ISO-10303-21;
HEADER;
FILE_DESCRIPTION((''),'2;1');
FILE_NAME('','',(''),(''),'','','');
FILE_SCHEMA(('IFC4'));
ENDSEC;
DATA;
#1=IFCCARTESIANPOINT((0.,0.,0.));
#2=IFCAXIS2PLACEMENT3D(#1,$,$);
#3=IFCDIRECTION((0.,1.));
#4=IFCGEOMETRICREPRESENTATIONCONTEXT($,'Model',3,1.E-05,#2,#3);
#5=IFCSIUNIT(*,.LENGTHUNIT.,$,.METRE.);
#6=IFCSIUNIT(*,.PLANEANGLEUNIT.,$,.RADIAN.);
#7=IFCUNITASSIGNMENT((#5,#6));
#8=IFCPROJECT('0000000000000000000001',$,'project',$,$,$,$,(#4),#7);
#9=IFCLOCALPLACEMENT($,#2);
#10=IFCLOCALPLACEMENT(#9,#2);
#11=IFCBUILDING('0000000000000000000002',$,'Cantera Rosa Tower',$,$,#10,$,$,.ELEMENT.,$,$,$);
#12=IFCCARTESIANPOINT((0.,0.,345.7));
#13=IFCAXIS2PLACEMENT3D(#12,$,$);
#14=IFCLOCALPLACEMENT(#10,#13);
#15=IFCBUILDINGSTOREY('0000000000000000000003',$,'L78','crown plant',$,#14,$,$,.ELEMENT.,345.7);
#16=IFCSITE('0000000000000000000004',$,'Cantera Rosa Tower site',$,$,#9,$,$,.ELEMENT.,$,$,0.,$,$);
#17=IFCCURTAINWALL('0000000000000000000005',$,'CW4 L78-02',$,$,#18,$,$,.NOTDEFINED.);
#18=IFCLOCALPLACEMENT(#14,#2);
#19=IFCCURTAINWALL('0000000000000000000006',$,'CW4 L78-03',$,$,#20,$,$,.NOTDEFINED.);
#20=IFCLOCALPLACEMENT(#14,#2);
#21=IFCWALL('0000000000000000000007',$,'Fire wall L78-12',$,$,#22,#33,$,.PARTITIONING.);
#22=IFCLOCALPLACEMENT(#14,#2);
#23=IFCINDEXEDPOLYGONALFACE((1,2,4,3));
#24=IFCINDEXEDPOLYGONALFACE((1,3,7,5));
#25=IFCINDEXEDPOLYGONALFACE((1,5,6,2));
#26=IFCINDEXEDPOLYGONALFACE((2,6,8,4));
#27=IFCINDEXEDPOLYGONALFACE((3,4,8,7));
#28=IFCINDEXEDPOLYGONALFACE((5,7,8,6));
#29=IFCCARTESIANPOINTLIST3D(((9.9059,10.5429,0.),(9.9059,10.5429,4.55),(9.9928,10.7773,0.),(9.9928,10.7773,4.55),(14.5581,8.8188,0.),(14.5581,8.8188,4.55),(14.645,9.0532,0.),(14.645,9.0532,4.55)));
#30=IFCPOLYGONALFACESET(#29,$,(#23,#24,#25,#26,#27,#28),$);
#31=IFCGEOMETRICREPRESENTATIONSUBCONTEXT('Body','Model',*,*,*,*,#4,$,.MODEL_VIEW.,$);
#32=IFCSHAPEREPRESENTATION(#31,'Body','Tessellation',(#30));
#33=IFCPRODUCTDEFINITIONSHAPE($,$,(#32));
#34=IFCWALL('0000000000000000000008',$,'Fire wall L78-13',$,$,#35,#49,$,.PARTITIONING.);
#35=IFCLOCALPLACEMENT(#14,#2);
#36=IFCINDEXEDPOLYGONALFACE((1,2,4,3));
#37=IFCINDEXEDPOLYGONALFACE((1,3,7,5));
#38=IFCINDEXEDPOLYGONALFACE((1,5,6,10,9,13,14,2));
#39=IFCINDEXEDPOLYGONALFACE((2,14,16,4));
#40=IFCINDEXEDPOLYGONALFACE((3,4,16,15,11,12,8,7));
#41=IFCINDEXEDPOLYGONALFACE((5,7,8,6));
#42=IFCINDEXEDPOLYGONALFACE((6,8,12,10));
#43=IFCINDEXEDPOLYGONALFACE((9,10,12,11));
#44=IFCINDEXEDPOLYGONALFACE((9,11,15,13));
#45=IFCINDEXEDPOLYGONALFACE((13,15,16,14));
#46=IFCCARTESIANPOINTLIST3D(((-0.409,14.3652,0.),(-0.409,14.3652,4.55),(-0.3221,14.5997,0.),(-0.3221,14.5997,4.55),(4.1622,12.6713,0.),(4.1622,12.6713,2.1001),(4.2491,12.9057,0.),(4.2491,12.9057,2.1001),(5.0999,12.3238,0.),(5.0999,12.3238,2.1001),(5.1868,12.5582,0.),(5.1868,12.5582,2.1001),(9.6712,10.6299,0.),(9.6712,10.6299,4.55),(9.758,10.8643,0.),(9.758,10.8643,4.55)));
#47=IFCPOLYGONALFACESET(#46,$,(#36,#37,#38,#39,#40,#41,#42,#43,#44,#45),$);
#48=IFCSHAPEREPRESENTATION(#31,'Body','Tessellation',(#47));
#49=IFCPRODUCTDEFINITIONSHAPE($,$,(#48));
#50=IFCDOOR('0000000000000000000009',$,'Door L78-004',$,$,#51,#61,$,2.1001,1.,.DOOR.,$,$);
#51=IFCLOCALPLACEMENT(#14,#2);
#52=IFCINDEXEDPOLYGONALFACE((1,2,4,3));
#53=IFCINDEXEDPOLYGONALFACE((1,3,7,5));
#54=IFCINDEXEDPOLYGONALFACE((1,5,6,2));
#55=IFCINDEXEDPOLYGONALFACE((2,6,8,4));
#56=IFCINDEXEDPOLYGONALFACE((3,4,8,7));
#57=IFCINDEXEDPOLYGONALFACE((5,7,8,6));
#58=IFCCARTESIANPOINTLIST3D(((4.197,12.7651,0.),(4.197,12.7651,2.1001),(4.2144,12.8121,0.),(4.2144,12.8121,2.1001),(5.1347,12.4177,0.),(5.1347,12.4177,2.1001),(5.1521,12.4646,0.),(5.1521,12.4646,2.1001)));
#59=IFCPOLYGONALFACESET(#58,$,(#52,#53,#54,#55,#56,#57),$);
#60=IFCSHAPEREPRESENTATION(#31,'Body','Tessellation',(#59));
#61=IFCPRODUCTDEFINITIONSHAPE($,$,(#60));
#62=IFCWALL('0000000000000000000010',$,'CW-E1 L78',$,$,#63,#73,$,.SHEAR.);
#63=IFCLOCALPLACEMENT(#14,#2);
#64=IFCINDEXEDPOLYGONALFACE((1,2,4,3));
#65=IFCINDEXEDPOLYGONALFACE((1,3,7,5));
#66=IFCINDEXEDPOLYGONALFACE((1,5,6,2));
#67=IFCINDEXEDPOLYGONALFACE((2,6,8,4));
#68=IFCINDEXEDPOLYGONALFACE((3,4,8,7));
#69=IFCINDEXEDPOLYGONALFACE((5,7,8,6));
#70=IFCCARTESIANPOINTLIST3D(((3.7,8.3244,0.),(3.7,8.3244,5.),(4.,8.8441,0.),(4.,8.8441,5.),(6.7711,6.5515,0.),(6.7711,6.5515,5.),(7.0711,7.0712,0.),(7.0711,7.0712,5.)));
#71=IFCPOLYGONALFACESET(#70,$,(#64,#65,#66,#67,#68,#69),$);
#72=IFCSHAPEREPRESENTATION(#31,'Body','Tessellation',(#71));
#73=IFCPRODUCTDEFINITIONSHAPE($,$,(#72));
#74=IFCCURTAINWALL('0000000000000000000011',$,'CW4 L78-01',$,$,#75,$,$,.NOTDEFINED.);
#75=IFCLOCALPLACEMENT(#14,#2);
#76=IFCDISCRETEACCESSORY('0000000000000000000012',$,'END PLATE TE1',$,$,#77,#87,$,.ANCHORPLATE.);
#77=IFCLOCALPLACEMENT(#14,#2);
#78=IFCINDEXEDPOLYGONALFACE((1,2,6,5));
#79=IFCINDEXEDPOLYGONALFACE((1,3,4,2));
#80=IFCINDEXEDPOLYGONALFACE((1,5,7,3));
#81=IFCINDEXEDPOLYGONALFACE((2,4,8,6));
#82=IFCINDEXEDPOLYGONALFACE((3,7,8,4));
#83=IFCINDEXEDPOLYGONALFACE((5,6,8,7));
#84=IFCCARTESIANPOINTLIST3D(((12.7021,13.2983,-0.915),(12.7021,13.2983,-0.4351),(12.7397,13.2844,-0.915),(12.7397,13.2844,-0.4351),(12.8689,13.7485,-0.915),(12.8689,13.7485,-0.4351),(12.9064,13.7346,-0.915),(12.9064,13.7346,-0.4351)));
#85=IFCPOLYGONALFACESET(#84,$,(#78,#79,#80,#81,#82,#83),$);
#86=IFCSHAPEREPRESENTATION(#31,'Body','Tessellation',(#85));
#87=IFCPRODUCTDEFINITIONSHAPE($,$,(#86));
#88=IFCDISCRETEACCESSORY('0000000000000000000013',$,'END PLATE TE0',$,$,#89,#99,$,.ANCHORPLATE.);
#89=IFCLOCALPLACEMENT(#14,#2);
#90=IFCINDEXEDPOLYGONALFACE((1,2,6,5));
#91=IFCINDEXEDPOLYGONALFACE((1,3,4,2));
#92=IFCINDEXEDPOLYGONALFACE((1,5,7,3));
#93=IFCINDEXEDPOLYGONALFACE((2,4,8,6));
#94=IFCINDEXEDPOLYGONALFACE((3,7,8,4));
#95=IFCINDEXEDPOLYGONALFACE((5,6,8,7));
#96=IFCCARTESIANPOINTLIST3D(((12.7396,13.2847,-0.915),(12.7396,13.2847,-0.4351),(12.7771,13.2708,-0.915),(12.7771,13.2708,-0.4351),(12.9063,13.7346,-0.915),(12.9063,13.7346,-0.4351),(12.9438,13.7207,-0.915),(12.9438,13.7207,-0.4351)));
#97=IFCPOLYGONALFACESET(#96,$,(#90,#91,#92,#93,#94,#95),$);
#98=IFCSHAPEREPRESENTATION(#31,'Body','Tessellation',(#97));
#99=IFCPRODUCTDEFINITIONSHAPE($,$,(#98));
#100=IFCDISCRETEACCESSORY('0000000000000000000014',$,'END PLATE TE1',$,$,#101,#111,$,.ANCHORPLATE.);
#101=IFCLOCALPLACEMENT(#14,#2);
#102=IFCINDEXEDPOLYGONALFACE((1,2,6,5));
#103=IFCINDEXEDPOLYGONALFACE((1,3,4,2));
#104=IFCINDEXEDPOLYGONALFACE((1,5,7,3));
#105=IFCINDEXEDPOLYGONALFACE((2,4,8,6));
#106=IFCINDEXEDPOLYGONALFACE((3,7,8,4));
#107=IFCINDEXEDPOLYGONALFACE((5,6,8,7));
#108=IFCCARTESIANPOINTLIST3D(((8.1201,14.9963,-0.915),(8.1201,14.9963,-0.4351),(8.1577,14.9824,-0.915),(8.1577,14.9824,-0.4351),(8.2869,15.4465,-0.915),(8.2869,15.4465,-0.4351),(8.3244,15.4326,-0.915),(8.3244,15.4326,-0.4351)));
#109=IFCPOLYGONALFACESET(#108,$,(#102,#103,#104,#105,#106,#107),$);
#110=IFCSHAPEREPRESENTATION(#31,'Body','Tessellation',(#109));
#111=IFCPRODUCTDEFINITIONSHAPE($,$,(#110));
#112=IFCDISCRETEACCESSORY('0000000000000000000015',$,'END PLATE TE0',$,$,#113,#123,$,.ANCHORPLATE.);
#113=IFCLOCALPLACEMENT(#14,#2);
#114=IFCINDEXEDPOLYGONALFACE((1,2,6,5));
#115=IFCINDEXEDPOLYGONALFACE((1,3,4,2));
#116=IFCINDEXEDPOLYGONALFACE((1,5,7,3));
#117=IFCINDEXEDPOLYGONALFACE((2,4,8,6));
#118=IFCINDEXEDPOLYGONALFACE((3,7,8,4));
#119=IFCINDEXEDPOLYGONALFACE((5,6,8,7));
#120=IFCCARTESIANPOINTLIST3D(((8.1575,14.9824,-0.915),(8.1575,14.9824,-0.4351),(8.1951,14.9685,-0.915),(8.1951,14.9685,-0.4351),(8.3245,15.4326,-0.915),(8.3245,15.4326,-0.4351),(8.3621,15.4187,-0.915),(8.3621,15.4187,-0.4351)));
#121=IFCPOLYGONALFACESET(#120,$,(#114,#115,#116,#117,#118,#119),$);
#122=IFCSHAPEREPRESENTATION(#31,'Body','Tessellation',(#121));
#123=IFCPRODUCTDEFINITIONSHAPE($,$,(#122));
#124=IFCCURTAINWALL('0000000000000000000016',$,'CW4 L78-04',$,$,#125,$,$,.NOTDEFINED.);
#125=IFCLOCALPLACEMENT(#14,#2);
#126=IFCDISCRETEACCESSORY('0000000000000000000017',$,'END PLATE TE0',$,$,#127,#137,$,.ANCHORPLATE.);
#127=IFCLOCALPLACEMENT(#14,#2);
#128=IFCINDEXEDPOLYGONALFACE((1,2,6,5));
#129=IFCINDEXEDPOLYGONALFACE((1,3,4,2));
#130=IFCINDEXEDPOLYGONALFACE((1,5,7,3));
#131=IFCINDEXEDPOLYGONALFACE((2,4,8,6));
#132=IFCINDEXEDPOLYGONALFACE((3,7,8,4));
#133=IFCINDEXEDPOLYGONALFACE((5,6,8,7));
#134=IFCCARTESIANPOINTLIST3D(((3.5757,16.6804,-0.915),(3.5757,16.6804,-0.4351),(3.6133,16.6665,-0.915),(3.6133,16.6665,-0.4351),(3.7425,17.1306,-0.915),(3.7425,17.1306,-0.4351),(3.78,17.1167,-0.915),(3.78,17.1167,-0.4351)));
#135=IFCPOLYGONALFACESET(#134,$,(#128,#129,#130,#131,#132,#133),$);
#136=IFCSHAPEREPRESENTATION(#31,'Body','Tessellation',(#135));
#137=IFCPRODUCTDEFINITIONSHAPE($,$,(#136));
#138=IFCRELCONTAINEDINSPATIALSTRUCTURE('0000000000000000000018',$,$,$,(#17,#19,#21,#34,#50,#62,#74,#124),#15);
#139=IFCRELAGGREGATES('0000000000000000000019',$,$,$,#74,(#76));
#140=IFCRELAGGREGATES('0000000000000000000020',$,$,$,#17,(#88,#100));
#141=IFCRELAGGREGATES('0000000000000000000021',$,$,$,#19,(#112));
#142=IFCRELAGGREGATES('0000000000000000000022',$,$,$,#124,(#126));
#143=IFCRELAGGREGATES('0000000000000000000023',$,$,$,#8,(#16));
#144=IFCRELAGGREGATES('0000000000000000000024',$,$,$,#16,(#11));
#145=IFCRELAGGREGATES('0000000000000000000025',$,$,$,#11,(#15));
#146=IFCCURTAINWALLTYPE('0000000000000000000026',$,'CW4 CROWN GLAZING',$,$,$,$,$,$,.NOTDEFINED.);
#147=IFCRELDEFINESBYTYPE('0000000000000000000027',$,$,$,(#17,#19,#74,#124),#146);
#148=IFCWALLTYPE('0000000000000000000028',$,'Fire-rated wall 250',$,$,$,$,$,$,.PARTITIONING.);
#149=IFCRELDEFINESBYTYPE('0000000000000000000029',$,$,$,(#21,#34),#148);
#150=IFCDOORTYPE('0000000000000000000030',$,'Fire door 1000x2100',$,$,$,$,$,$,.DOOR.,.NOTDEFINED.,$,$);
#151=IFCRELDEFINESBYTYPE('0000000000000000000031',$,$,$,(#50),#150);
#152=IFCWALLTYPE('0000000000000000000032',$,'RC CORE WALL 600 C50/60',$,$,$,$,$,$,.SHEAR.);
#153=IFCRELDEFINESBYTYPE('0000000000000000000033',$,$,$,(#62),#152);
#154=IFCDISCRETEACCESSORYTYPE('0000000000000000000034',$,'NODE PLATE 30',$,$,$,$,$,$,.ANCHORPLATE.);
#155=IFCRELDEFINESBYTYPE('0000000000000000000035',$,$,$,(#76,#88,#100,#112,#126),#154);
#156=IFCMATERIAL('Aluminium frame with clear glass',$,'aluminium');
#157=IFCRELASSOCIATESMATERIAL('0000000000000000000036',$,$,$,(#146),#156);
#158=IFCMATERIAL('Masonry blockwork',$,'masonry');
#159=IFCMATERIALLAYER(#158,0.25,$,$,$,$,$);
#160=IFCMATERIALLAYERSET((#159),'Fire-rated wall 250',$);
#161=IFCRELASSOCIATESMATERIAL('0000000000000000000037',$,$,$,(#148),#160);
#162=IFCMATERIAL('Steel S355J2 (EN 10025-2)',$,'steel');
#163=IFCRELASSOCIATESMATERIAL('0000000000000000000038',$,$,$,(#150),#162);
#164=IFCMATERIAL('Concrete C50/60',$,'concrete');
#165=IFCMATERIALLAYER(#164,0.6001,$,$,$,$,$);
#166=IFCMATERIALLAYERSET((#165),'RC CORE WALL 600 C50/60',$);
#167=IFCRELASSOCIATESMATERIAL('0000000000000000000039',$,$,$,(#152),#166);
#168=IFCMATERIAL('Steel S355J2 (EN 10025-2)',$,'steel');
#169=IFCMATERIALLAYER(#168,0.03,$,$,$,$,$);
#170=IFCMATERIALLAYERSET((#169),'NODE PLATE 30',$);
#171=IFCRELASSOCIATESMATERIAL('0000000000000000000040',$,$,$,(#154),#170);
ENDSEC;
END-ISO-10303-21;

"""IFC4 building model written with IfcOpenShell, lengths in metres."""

from ifc_helpers import new_model, si_unit, direction, frame, frame_2d, origin, place, context, subcontext, project, spatial, polyline, rectangle, outline, extrude, material, layer, layer_set, type_object, element, fill, aggregate, save


model = new_model("IFC4")

# Units and contexts
model_context = context("Model", 3, precision=1e-05, world=origin(), true_north=direction((0.0, 1.0)))
body_context = subcontext(model_context, "Body", "Model", "MODEL_VIEW")
ifc_project = project(units=[si_unit("LENGTHUNIT", "METRE"), si_unit("PLANEANGLEUNIT", "RADIAN")], contexts=[model_context])

# Site, building, storey
site_placement = place(None, origin())
site = spatial("IfcSite", under=ifc_project, at=site_placement, Name="Cantera Rosa Tower site", CompositionType="ELEMENT", RefElevation=0.0)
building_placement = place(site_placement, origin())
building = spatial("IfcBuilding", under=site, at=building_placement, Name="Cantera Rosa Tower", CompositionType="ELEMENT")
storey_placement = place(building_placement, frame((0.0, 0.0, 345.7)))
storey = spatial("IfcBuildingStorey", under=building, at=storey_placement, Name="L78", Description="crown plant", CompositionType="ELEMENT", Elevation=345.7)

# Curtain walls
ifc_material_1 = material(Name="Aluminium frame with clear glass", Category="aluminium")
curtain_wall_type = type_object("IfcCurtainWallType", Name="CW4 CROWN GLAZING", PredefinedType="NOTDEFINED", material=ifc_material_1)
curtain_wall_1_placement = place(storey_placement, origin())
curtain_wall_1 = element("IfcCurtainWall", 1, at=curtain_wall_1_placement, inside=storey, type_object=curtain_wall_type, Name="CW4 L78-02", PredefinedType="NOTDEFINED")
curtain_wall_2_placement = place(storey_placement, origin())
curtain_wall_2 = element("IfcCurtainWall", 2, at=curtain_wall_2_placement, inside=storey, type_object=curtain_wall_type, Name="CW4 L78-03", PredefinedType="NOTDEFINED")

# Wall
ifc_material_2 = material(Name="Masonry blockwork", Category="masonry")
ifc_layer_1 = layer(ifc_material_2, 0.25)
ifc_layer_set_1 = layer_set([ifc_layer_1], Name="Fire-rated wall 250")
wall_type_1 = type_object("IfcWallType", Name="Fire-rated wall 250", PredefinedType="PARTITIONING", material=ifc_layer_set_1)
wall_1_placement = place(storey_placement, frame((14.6016, 8.936, 0.0), z_axis=(0.0, 0.0, 1.0), x_axis=(-0.937681, 0.347497, 0.0)))
element("IfcWall", 3, at=wall_1_placement, inside=storey, type_object=wall_type_1, Name="Fire wall L78-12", PredefinedType="PARTITIONING", context=body_context, shape_type="SweptSolid", body=[
    extrude(rectangle(XDim=4.9614, YDim=0.25, at=frame_2d((2.4807, 0.0))), origin(), (0.0, 0.0, 1.0), 4.55),
])

# Wall, opening, door
wall_2_placement = place(storey_placement, frame((9.7146, 10.7471, 0.0), z_axis=(0.0, 0.0, 1.0), x_axis=(-0.937688, 0.347477, 0.0)))
wall_2 = element("IfcWall", 4, at=wall_2_placement, inside=storey, type_object=wall_type_1, Name="Fire wall L78-13", PredefinedType="PARTITIONING", context=body_context, shape_type="SweptSolid", body=[
    extrude(rectangle(XDim=10.75, YDim=0.25, at=frame_2d((5.375, 0.0))), origin(), (0.0, 0.0, 1.0), 4.55),
])
opening_placement = place(wall_2_placement, frame((4.875, 0.0, 0.0)))
opening = element("IfcOpeningElement", 5, at=opening_placement, cuts=wall_2, PredefinedType="OPENING", context=body_context, shape_type="SweptSolid", body=[
    extrude(rectangle(XDim=1.0, YDim=2.1001, at=frame_2d((0.5, 1.05))), frame((0.0, 0.135, 0.0), z_axis=(0.0, -1.0, 0.0), x_axis=(1.0, 0.0, 0.0)), (0.0, 0.0, 1.0), 0.27),
])
ifc_material_3 = material(Name="Steel S355J2 (EN 10025-2)", Category="steel")
door_type = type_object("IfcDoorType", Name="Fire door 1000x2100", OperationType="NOTDEFINED", PredefinedType="DOOR", material=ifc_material_3)
door_placement = place(opening_placement, origin())
door = element("IfcDoor", 6, at=door_placement, inside=storey, type_object=door_type, Name="Door L78-004", OverallHeight=2.1001, OverallWidth=1.0, PredefinedType="DOOR", context=body_context, shape_type="SweptSolid", body=[
    extrude(rectangle(XDim=1.0, YDim=2.1001, at=frame_2d((0.5, 1.05))), frame((0.0, 0.0249, 0.0), z_axis=(0.0, -1.0, 0.0), x_axis=(1.0, 0.0, 0.0)), (0.0, 0.0, 1.0), 0.05),
])
fill(opening, door)

# Wall
ifc_material_4 = material(Name="Concrete C50/60", Category="concrete")
ifc_layer_2 = layer(ifc_material_4, 0.6001)
ifc_layer_set_2 = layer_set([ifc_layer_2], Name="RC CORE WALL 600 C50/60")
wall_type_2 = type_object("IfcWallType", Name="RC CORE WALL 600 C50/60", PredefinedType="SHEAR", material=ifc_layer_set_2)
wall_3_placement = place(storey_placement, frame((3.8501, 8.5842, 0.0), z_axis=(0.0, 0.0, 1.0), x_axis=(0.86604, -0.499975, 0.0)))
element("IfcWall", 7, at=wall_3_placement, inside=storey, type_object=wall_type_2, Name="CW-E1 L78", PredefinedType="SHEAR", context=body_context, shape_type="SweptSolid", body=[
    extrude(rectangle(XDim=3.5461, YDim=0.6001, at=frame_2d((1.7729, 0.0))), origin(), (0.0, 0.0, 1.0), 5.0),
])

# Curtain wall, discrete accessory
curtain_wall_3_placement = place(storey_placement, origin())
curtain_wall_3 = element("IfcCurtainWall", 8, at=curtain_wall_3_placement, inside=storey, type_object=curtain_wall_type, Name="CW4 L78-01", PredefinedType="NOTDEFINED")
ifc_material_5 = material(Name="Steel S355J2 (EN 10025-2)", Category="steel")
ifc_layer_3 = layer(ifc_material_5, 0.03)
ifc_layer_set_3 = layer_set([ifc_layer_3], Name="NODE PLATE 30")
discrete_accessory_type = type_object("IfcDiscreteAccessoryType", Name="NODE PLATE 30", PredefinedType="ANCHORPLATE", material=ifc_layer_set_3)
discrete_accessory_1_placement = place(storey_placement, frame((12.7021, 13.2983, -0.4351), z_axis=(-0.937743, 0.347331, 0.0), x_axis=(0.347331, 0.937743, 0.0)))
discrete_accessory_1 = element("IfcDiscreteAccessory", 9, at=discrete_accessory_1_placement, type_object=discrete_accessory_type, Name="END PLATE TE1", PredefinedType="ANCHORPLATE", context=body_context, shape_type="SweptSolid", body=[
    extrude(outline(polyline([(0.0, 0.0), (0.4801, 0.0), (0.4801, 0.48), (0.0, 0.48), (0.0, 0.0)])), origin(), (0.0, 0.0, -1.0), 0.04),
])
aggregate(curtain_wall_3, [discrete_accessory_1])

# Discrete accessories
discrete_accessory_2_placement = place(storey_placement, frame((12.9438, 13.7207, -0.4351), z_axis=(0.937681, -0.347497, 0.0), x_axis=(-0.347497, -0.937681, 0.0)))
discrete_accessory_2 = element("IfcDiscreteAccessory", 10, at=discrete_accessory_2_placement, type_object=discrete_accessory_type, Name="END PLATE TE0", PredefinedType="ANCHORPLATE", context=body_context, shape_type="SweptSolid", body=[
    extrude(outline(polyline([(0.0, 0.0), (0.4799, 0.0), (0.4799, 0.48), (0.0, 0.48), (0.0, 0.0)])), origin(), (0.0, 0.0, -1.0), 0.04),
])
discrete_accessory_3_placement = place(storey_placement, frame((8.1201, 14.9963, -0.4351), z_axis=(-0.937743, 0.347331, 0.0), x_axis=(0.347331, 0.937743, 0.0)))
discrete_accessory_3 = element("IfcDiscreteAccessory", 11, at=discrete_accessory_3_placement, type_object=discrete_accessory_type, Name="END PLATE TE1", PredefinedType="ANCHORPLATE", context=body_context, shape_type="SweptSolid", body=[
    extrude(outline(polyline([(0.0, 0.0), (0.4801, 0.0), (0.4801, 0.48), (0.0, 0.48), (0.0, 0.0)])), origin(), (0.0, 0.0, -1.0), 0.04),
])
aggregate(curtain_wall_1, [discrete_accessory_2, discrete_accessory_3])
discrete_accessory_4_placement = place(storey_placement, frame((8.3621, 15.4187, -0.4351), z_axis=(0.937577, -0.347778, 0.0), x_axis=(-0.347778, -0.937577, 0.0)))
discrete_accessory_4 = element("IfcDiscreteAccessory", 12, at=discrete_accessory_4_placement, type_object=discrete_accessory_type, Name="END PLATE TE0", PredefinedType="ANCHORPLATE", context=body_context, shape_type="SweptSolid", body=[
    extrude(outline(polyline([(0.0, 0.0), (0.4802, 0.0), (0.4802, 0.48), (0.0, 0.48), (0.0, 0.0)])), origin(), (0.0, 0.0, -1.0), 0.04),
])
aggregate(curtain_wall_2, [discrete_accessory_4])

# Curtain wall, discrete accessory
curtain_wall_4_placement = place(storey_placement, origin())
curtain_wall_4 = element("IfcCurtainWall", 13, at=curtain_wall_4_placement, inside=storey, type_object=curtain_wall_type, Name="CW4 L78-04", PredefinedType="NOTDEFINED")
discrete_accessory_5_placement = place(storey_placement, frame((3.78, 17.1167, -0.4351), z_axis=(0.937743, -0.347331, 0.0), x_axis=(-0.347331, -0.937743, 0.0)))
discrete_accessory_5 = element("IfcDiscreteAccessory", 14, at=discrete_accessory_5_placement, type_object=discrete_accessory_type, Name="END PLATE TE0", PredefinedType="ANCHORPLATE", context=body_context, shape_type="SweptSolid", body=[
    extrude(outline(polyline([(0.0, 0.0), (0.4801, 0.0), (0.4801, 0.48), (0.0, 0.48), (0.0, 0.0)])), origin(), (0.0, 0.0, -1.0), 0.04),
])
aggregate(curtain_wall_4, [discrete_accessory_5])

save(model, "model.ifc")
